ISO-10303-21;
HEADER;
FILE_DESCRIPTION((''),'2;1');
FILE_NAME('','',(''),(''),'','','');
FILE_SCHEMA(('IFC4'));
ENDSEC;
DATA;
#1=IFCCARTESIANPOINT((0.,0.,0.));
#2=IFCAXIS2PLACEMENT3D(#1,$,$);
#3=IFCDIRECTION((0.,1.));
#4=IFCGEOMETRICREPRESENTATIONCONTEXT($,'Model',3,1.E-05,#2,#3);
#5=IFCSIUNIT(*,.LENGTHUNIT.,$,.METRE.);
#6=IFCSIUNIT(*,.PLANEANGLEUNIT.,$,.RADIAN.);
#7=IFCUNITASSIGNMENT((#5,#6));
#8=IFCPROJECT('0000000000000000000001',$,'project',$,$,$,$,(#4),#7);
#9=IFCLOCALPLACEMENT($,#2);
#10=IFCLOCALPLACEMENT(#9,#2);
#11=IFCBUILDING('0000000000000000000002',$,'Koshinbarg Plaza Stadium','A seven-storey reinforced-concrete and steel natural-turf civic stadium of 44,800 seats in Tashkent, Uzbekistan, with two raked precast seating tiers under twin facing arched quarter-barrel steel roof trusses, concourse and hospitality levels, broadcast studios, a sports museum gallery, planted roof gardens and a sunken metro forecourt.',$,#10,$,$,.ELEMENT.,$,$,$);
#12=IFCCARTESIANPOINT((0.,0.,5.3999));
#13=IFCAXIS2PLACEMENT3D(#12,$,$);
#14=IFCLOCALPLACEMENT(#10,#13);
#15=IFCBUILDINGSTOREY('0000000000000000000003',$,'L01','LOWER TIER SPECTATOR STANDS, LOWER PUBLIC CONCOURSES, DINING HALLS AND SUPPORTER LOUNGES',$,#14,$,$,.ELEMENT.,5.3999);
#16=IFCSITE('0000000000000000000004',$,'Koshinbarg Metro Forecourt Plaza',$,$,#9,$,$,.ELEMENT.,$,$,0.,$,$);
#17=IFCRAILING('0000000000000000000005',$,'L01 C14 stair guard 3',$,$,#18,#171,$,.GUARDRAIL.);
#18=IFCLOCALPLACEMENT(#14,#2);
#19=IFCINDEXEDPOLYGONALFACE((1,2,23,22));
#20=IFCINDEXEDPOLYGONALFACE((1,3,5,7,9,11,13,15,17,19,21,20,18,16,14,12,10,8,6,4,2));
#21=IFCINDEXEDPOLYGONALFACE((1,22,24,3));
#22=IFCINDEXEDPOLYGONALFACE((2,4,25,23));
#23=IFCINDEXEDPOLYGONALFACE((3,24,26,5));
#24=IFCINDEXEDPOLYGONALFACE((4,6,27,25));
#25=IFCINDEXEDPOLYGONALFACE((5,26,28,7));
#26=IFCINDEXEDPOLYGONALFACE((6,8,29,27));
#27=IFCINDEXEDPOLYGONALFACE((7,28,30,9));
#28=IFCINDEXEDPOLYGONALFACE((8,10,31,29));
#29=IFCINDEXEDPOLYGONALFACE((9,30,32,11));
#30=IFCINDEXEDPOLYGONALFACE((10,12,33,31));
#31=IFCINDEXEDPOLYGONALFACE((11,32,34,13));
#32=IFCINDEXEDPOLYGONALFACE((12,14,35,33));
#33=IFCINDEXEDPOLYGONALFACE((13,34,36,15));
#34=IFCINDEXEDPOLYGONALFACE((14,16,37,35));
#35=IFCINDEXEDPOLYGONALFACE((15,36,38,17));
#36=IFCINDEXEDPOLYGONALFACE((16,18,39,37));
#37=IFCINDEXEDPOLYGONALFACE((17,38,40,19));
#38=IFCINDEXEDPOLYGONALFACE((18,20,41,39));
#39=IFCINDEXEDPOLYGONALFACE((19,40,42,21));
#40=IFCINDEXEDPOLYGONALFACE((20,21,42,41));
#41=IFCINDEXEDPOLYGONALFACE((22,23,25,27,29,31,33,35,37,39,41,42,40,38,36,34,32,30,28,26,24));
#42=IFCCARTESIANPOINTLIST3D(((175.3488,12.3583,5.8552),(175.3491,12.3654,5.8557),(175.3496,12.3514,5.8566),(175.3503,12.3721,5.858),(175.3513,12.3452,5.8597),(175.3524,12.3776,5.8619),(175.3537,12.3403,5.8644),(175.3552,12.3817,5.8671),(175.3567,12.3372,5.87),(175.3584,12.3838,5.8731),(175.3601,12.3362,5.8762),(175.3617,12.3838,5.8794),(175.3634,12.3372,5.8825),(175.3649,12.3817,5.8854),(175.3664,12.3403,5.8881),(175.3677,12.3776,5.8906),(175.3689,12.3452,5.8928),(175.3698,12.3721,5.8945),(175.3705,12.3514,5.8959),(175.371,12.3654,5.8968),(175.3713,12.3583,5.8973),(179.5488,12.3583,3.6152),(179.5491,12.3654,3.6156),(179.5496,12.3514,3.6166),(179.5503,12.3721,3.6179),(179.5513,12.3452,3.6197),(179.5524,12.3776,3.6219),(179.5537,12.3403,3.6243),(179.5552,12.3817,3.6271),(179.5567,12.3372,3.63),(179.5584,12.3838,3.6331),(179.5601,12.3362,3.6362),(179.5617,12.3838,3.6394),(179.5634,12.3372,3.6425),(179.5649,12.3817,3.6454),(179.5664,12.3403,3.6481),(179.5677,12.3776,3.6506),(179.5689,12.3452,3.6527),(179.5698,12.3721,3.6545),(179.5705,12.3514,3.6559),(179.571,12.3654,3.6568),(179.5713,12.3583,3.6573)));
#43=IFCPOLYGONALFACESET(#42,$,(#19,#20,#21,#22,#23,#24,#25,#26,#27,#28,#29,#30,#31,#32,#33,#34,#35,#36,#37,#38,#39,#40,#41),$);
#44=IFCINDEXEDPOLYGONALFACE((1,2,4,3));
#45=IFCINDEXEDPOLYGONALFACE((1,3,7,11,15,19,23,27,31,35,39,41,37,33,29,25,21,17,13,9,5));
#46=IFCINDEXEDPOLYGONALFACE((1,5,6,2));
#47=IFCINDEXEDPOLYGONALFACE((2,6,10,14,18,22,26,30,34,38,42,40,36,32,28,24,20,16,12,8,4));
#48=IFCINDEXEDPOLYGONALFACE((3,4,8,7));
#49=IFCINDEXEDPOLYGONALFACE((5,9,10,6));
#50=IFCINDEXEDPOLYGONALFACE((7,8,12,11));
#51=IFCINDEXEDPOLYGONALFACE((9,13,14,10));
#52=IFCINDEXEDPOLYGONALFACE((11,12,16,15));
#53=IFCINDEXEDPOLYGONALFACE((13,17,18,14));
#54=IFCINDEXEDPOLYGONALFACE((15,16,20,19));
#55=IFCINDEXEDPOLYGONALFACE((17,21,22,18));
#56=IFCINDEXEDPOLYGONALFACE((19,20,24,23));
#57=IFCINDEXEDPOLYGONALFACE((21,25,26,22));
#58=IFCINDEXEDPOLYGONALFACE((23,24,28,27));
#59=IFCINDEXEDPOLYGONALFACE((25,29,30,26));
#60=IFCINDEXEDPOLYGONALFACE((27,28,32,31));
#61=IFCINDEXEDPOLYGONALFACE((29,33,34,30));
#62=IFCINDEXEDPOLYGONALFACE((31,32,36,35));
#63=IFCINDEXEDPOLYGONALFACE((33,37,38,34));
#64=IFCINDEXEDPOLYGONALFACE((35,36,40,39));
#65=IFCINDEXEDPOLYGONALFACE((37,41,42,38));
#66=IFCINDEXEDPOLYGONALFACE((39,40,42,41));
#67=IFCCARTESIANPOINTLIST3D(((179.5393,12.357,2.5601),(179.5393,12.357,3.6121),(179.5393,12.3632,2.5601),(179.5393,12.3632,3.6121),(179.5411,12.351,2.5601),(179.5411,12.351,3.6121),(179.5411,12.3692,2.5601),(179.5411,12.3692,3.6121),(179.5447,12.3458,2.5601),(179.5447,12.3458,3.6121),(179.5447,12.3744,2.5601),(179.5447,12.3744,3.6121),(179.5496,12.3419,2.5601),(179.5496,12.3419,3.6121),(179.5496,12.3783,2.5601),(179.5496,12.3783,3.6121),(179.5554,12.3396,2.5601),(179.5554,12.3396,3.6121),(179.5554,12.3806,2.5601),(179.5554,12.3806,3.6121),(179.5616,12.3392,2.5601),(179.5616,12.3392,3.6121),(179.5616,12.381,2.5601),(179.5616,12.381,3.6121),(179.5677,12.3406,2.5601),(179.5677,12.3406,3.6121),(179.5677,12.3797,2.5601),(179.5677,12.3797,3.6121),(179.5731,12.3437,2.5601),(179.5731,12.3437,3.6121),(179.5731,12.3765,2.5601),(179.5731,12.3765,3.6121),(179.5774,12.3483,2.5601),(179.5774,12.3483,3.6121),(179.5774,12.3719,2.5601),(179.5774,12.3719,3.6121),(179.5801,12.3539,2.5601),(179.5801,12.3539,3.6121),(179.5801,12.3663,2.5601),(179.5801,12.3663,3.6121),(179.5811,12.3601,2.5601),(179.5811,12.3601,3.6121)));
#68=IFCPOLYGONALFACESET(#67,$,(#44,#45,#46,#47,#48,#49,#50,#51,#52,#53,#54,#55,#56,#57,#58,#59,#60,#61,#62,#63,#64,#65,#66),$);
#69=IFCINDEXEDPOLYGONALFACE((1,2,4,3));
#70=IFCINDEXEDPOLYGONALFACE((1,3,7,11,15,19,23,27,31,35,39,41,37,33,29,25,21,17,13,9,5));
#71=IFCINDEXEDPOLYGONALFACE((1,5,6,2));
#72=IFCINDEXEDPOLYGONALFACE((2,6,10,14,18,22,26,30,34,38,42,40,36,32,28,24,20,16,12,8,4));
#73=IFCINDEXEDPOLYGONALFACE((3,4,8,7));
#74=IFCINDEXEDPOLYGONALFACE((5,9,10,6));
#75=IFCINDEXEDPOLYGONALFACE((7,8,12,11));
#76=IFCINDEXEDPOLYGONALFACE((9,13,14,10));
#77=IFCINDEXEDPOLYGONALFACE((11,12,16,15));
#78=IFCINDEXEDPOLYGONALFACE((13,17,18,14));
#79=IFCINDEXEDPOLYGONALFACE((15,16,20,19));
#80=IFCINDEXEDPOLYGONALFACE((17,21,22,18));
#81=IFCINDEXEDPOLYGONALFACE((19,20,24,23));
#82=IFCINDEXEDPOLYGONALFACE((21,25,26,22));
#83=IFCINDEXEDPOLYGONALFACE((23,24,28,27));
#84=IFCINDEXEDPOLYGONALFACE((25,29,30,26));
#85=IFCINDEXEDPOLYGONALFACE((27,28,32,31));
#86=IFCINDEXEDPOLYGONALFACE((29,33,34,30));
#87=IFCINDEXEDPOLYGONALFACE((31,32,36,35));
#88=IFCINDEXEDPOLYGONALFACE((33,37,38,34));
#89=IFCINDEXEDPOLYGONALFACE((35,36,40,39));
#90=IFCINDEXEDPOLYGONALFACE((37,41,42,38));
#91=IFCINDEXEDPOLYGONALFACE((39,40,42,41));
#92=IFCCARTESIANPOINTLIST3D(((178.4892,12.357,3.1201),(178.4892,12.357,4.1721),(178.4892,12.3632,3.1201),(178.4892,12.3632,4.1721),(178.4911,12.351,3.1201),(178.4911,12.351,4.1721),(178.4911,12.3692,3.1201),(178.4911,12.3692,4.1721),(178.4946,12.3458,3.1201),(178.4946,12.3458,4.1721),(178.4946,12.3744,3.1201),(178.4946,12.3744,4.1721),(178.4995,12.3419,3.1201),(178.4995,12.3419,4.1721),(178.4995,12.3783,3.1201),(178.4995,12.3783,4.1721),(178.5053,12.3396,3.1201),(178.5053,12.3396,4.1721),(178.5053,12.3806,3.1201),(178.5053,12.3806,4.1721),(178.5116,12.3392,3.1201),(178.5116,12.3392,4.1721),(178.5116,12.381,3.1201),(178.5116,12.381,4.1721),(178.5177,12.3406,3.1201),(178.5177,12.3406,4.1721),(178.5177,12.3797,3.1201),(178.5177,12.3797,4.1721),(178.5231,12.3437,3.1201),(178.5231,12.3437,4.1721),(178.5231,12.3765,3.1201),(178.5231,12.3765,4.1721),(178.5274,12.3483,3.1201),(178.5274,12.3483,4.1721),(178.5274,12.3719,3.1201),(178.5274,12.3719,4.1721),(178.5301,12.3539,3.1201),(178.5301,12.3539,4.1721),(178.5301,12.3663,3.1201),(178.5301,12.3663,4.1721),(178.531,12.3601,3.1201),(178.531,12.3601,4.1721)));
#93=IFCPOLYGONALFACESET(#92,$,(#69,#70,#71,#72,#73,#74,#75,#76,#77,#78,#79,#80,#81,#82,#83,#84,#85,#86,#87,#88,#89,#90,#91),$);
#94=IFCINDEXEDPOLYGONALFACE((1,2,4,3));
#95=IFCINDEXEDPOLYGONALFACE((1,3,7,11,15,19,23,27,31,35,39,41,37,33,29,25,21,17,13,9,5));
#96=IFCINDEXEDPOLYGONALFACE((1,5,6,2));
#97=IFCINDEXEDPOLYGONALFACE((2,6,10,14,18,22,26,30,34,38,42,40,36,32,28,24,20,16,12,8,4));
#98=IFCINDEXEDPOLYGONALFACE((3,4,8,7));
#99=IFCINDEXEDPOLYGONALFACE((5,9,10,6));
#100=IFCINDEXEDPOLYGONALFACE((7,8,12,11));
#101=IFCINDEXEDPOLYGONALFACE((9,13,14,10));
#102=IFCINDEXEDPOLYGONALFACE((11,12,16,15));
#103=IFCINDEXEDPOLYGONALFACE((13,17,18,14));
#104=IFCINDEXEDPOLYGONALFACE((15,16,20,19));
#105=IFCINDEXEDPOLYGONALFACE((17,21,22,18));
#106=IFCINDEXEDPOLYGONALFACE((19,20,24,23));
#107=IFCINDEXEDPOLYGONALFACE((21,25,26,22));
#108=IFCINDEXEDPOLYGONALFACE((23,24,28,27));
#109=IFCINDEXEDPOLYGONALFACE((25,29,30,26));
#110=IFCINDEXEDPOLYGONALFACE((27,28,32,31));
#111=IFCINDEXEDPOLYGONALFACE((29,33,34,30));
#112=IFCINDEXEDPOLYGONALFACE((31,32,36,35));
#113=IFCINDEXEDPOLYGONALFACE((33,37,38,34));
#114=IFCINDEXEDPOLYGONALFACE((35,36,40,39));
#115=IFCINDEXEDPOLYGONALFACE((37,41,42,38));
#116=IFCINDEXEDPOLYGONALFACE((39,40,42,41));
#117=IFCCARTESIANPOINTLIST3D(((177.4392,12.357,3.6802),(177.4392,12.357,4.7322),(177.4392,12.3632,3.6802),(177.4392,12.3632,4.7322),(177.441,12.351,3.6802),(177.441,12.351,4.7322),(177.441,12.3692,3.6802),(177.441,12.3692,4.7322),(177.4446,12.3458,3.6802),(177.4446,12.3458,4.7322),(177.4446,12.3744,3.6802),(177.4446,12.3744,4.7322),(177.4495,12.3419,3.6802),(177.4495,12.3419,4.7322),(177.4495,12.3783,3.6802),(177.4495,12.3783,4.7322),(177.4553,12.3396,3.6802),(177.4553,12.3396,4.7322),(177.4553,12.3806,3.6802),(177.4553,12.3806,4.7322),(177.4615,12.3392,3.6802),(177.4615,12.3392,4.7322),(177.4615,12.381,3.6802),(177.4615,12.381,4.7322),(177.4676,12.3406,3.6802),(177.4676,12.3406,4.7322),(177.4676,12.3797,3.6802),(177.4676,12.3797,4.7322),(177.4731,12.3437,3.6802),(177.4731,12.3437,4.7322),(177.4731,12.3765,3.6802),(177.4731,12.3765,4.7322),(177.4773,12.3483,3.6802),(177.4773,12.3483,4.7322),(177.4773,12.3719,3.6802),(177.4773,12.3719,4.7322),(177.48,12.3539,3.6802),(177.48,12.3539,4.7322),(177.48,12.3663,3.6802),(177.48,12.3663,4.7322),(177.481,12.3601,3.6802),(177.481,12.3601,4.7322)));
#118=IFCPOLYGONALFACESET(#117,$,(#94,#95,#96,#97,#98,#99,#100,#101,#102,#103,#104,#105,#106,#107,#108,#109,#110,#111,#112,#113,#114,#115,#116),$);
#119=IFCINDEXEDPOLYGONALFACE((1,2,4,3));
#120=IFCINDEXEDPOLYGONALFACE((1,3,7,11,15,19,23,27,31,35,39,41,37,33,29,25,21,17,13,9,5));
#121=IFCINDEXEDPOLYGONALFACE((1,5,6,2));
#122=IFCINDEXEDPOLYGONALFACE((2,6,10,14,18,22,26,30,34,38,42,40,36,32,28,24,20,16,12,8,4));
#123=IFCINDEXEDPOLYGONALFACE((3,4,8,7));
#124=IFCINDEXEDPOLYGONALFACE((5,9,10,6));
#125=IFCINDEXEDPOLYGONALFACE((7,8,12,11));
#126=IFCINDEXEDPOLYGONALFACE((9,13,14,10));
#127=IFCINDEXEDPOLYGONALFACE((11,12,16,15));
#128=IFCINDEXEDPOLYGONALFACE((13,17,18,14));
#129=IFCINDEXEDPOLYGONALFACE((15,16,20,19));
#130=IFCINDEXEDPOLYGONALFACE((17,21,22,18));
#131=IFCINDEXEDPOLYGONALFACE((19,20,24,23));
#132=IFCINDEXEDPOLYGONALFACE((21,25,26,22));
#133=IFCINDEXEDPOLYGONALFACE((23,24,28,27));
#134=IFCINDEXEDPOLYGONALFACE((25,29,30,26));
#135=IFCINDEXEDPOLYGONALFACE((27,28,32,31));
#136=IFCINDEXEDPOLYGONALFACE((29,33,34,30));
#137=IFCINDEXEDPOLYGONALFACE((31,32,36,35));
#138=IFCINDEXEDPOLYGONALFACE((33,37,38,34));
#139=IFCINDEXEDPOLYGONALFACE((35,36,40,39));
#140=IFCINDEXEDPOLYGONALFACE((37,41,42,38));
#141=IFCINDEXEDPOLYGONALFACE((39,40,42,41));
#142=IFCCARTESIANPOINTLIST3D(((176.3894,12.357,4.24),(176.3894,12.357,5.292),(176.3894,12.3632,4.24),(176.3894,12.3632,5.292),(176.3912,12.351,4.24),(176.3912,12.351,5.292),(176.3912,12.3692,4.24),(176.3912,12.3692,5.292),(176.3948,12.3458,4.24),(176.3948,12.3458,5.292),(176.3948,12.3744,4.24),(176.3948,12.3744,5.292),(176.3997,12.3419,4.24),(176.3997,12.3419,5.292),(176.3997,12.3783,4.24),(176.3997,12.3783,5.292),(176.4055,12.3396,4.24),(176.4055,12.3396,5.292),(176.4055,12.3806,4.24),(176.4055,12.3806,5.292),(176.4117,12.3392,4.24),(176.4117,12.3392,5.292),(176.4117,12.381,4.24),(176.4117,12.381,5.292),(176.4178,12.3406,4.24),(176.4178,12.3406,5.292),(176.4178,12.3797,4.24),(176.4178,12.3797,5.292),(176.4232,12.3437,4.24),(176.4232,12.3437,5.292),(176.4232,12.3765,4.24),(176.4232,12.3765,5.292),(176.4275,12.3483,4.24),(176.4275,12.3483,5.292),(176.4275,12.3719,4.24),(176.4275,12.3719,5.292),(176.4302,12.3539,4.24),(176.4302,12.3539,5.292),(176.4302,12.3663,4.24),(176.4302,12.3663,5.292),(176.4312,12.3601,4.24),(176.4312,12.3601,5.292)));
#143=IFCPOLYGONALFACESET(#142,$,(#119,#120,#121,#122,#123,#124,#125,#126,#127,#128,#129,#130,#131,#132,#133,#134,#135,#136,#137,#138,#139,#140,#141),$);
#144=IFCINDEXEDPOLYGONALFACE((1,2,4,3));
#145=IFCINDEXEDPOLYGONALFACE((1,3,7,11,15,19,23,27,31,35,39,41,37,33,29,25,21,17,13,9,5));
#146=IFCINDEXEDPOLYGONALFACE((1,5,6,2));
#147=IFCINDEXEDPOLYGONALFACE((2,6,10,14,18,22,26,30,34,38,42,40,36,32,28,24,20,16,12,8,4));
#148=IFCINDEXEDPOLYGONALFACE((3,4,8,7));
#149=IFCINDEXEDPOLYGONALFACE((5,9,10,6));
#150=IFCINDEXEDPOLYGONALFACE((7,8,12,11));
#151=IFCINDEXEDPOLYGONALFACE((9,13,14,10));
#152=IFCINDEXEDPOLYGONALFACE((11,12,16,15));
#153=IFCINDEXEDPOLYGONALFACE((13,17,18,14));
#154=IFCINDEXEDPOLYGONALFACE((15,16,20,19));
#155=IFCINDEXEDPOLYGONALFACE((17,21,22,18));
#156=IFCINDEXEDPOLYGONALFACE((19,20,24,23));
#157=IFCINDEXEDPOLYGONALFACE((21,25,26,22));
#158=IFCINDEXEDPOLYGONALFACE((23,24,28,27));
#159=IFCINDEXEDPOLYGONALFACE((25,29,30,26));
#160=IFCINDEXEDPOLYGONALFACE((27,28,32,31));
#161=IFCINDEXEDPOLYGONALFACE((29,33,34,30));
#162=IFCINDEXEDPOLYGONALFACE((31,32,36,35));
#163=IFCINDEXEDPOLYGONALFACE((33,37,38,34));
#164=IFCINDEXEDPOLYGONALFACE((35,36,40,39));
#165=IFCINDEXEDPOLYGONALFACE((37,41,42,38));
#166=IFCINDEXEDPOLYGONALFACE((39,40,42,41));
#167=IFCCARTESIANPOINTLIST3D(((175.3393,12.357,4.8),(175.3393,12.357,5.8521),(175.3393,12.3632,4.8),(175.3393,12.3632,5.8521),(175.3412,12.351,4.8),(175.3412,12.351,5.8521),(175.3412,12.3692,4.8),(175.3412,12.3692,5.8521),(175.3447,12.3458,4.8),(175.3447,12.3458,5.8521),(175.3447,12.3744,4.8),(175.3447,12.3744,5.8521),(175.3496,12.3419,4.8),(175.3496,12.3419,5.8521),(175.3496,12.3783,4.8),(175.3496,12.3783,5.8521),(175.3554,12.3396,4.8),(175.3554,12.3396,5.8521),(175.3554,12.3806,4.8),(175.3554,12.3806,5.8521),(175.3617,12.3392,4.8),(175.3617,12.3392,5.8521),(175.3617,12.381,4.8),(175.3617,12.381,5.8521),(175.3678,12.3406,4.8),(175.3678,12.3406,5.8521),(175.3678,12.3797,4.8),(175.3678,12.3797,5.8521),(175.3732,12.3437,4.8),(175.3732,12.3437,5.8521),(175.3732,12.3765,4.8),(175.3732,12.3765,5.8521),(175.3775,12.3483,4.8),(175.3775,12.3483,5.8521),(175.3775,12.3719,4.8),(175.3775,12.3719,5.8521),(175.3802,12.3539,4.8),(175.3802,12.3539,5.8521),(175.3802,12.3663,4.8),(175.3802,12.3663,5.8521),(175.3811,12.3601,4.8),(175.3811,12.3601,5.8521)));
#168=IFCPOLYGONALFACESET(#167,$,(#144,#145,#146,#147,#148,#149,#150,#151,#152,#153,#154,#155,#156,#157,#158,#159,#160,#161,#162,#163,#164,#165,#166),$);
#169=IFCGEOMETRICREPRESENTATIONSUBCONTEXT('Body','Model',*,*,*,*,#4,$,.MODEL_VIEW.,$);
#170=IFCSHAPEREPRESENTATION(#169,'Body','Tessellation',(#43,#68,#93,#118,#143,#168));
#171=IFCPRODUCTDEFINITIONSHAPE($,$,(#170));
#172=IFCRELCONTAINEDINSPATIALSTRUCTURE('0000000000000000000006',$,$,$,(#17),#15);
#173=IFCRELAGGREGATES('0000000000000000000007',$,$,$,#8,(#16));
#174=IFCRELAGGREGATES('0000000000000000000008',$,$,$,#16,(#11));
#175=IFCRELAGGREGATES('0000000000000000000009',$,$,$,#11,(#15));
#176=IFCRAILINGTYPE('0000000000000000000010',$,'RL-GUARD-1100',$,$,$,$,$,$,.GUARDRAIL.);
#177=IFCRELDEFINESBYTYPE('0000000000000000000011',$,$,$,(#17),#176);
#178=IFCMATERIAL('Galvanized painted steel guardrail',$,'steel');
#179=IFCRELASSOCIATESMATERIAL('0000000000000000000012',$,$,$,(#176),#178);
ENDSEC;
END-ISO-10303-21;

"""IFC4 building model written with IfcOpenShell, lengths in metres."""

from ifc_helpers import new_model, si_unit, direction, frame, origin, origin_2d, place, context, subcontext, project, spatial, circle, extrude, material, type_object, element, save


model = new_model("IFC4")

# Units and contexts
model_context = context("Model", 3, precision=1e-05, world=origin(), true_north=direction((0.0, 1.0)))
body_context = subcontext(model_context, "Body", "Model", "MODEL_VIEW")
ifc_project = project(units=[si_unit("LENGTHUNIT", "METRE"), si_unit("PLANEANGLEUNIT", "RADIAN")], contexts=[model_context])

# Site, building, storey
site_placement = place(None, origin())
site = spatial("IfcSite", under=ifc_project, at=site_placement, Name="Koshinbarg Metro Forecourt Plaza", CompositionType="ELEMENT", RefElevation=0.0)
building_placement = place(site_placement, origin())
building = spatial("IfcBuilding", under=site, at=building_placement, Name="Koshinbarg Plaza Stadium", Description="A seven-storey reinforced-concrete and steel natural-turf civic stadium of 44,800 seats in Tashkent, Uzbekistan, with two raked precast seating tiers under twin facing arched quarter-barrel steel roof trusses, concourse and hospitality levels, broadcast studios, a sports museum gallery, planted roof gardens and a sunken metro forecourt.", CompositionType="ELEMENT")
storey_placement = place(building_placement, frame((0.0, 0.0, 5.3999)))
storey = spatial("IfcBuildingStorey", under=building, at=storey_placement, Name="L01", Description="LOWER TIER SPECTATOR STANDS, LOWER PUBLIC CONCOURSES, DINING HALLS AND SUPPORTER LOUNGES", CompositionType="ELEMENT", Elevation=5.3999)

# Railing
ifc_material_1 = material(Name="Galvanized painted steel guardrail", Category="steel")
railing_type_1 = type_object("IfcRailingType", Name="RL-GUARD-1100", PredefinedType="GUARDRAIL", material=ifc_material_1)
railing_1_placement = place(storey_placement, frame((179.5601, 12.3601, 2.5601)))
element("IfcRailing", 1, at=railing_1_placement, inside=storey, type_object=railing_type_1, Name="L01 C14 stair guard 3", PredefinedType="GUARDRAIL", context=body_context, shape_type="SweptSolid", body=[
    extrude(circle(Radius=0.0239, at=origin_2d()), frame((0.0, 0.0, 1.0762), z_axis=(-0.882352, 0.0, 0.470591), x_axis=(0.0, -1.0, 0.0)), (0.0, 0.0, 1.0), 4.76),
    extrude(circle(Radius=0.021, at=origin_2d()), origin(), (0.0, 0.0, 1.0), 1.052),
    extrude(circle(Radius=0.021, at=origin_2d()), frame((-1.05, 0.0, 0.5601)), (0.0, 0.0, 1.0), 1.052),
    extrude(circle(Radius=0.021, at=origin_2d()), frame((-2.1001, 0.0, 1.1201)), (0.0, 0.0, 1.0), 1.052),
    extrude(circle(Radius=0.021, at=origin_2d()), frame((-3.1499, 0.0, 1.6799)), (0.0, 0.0, 1.0), 1.052),
    extrude(circle(Radius=0.021, at=origin_2d()), frame((-4.2, 0.0, 2.24)), (0.0, 0.0, 1.0), 1.052),
])

save(model, "model.ifc")
